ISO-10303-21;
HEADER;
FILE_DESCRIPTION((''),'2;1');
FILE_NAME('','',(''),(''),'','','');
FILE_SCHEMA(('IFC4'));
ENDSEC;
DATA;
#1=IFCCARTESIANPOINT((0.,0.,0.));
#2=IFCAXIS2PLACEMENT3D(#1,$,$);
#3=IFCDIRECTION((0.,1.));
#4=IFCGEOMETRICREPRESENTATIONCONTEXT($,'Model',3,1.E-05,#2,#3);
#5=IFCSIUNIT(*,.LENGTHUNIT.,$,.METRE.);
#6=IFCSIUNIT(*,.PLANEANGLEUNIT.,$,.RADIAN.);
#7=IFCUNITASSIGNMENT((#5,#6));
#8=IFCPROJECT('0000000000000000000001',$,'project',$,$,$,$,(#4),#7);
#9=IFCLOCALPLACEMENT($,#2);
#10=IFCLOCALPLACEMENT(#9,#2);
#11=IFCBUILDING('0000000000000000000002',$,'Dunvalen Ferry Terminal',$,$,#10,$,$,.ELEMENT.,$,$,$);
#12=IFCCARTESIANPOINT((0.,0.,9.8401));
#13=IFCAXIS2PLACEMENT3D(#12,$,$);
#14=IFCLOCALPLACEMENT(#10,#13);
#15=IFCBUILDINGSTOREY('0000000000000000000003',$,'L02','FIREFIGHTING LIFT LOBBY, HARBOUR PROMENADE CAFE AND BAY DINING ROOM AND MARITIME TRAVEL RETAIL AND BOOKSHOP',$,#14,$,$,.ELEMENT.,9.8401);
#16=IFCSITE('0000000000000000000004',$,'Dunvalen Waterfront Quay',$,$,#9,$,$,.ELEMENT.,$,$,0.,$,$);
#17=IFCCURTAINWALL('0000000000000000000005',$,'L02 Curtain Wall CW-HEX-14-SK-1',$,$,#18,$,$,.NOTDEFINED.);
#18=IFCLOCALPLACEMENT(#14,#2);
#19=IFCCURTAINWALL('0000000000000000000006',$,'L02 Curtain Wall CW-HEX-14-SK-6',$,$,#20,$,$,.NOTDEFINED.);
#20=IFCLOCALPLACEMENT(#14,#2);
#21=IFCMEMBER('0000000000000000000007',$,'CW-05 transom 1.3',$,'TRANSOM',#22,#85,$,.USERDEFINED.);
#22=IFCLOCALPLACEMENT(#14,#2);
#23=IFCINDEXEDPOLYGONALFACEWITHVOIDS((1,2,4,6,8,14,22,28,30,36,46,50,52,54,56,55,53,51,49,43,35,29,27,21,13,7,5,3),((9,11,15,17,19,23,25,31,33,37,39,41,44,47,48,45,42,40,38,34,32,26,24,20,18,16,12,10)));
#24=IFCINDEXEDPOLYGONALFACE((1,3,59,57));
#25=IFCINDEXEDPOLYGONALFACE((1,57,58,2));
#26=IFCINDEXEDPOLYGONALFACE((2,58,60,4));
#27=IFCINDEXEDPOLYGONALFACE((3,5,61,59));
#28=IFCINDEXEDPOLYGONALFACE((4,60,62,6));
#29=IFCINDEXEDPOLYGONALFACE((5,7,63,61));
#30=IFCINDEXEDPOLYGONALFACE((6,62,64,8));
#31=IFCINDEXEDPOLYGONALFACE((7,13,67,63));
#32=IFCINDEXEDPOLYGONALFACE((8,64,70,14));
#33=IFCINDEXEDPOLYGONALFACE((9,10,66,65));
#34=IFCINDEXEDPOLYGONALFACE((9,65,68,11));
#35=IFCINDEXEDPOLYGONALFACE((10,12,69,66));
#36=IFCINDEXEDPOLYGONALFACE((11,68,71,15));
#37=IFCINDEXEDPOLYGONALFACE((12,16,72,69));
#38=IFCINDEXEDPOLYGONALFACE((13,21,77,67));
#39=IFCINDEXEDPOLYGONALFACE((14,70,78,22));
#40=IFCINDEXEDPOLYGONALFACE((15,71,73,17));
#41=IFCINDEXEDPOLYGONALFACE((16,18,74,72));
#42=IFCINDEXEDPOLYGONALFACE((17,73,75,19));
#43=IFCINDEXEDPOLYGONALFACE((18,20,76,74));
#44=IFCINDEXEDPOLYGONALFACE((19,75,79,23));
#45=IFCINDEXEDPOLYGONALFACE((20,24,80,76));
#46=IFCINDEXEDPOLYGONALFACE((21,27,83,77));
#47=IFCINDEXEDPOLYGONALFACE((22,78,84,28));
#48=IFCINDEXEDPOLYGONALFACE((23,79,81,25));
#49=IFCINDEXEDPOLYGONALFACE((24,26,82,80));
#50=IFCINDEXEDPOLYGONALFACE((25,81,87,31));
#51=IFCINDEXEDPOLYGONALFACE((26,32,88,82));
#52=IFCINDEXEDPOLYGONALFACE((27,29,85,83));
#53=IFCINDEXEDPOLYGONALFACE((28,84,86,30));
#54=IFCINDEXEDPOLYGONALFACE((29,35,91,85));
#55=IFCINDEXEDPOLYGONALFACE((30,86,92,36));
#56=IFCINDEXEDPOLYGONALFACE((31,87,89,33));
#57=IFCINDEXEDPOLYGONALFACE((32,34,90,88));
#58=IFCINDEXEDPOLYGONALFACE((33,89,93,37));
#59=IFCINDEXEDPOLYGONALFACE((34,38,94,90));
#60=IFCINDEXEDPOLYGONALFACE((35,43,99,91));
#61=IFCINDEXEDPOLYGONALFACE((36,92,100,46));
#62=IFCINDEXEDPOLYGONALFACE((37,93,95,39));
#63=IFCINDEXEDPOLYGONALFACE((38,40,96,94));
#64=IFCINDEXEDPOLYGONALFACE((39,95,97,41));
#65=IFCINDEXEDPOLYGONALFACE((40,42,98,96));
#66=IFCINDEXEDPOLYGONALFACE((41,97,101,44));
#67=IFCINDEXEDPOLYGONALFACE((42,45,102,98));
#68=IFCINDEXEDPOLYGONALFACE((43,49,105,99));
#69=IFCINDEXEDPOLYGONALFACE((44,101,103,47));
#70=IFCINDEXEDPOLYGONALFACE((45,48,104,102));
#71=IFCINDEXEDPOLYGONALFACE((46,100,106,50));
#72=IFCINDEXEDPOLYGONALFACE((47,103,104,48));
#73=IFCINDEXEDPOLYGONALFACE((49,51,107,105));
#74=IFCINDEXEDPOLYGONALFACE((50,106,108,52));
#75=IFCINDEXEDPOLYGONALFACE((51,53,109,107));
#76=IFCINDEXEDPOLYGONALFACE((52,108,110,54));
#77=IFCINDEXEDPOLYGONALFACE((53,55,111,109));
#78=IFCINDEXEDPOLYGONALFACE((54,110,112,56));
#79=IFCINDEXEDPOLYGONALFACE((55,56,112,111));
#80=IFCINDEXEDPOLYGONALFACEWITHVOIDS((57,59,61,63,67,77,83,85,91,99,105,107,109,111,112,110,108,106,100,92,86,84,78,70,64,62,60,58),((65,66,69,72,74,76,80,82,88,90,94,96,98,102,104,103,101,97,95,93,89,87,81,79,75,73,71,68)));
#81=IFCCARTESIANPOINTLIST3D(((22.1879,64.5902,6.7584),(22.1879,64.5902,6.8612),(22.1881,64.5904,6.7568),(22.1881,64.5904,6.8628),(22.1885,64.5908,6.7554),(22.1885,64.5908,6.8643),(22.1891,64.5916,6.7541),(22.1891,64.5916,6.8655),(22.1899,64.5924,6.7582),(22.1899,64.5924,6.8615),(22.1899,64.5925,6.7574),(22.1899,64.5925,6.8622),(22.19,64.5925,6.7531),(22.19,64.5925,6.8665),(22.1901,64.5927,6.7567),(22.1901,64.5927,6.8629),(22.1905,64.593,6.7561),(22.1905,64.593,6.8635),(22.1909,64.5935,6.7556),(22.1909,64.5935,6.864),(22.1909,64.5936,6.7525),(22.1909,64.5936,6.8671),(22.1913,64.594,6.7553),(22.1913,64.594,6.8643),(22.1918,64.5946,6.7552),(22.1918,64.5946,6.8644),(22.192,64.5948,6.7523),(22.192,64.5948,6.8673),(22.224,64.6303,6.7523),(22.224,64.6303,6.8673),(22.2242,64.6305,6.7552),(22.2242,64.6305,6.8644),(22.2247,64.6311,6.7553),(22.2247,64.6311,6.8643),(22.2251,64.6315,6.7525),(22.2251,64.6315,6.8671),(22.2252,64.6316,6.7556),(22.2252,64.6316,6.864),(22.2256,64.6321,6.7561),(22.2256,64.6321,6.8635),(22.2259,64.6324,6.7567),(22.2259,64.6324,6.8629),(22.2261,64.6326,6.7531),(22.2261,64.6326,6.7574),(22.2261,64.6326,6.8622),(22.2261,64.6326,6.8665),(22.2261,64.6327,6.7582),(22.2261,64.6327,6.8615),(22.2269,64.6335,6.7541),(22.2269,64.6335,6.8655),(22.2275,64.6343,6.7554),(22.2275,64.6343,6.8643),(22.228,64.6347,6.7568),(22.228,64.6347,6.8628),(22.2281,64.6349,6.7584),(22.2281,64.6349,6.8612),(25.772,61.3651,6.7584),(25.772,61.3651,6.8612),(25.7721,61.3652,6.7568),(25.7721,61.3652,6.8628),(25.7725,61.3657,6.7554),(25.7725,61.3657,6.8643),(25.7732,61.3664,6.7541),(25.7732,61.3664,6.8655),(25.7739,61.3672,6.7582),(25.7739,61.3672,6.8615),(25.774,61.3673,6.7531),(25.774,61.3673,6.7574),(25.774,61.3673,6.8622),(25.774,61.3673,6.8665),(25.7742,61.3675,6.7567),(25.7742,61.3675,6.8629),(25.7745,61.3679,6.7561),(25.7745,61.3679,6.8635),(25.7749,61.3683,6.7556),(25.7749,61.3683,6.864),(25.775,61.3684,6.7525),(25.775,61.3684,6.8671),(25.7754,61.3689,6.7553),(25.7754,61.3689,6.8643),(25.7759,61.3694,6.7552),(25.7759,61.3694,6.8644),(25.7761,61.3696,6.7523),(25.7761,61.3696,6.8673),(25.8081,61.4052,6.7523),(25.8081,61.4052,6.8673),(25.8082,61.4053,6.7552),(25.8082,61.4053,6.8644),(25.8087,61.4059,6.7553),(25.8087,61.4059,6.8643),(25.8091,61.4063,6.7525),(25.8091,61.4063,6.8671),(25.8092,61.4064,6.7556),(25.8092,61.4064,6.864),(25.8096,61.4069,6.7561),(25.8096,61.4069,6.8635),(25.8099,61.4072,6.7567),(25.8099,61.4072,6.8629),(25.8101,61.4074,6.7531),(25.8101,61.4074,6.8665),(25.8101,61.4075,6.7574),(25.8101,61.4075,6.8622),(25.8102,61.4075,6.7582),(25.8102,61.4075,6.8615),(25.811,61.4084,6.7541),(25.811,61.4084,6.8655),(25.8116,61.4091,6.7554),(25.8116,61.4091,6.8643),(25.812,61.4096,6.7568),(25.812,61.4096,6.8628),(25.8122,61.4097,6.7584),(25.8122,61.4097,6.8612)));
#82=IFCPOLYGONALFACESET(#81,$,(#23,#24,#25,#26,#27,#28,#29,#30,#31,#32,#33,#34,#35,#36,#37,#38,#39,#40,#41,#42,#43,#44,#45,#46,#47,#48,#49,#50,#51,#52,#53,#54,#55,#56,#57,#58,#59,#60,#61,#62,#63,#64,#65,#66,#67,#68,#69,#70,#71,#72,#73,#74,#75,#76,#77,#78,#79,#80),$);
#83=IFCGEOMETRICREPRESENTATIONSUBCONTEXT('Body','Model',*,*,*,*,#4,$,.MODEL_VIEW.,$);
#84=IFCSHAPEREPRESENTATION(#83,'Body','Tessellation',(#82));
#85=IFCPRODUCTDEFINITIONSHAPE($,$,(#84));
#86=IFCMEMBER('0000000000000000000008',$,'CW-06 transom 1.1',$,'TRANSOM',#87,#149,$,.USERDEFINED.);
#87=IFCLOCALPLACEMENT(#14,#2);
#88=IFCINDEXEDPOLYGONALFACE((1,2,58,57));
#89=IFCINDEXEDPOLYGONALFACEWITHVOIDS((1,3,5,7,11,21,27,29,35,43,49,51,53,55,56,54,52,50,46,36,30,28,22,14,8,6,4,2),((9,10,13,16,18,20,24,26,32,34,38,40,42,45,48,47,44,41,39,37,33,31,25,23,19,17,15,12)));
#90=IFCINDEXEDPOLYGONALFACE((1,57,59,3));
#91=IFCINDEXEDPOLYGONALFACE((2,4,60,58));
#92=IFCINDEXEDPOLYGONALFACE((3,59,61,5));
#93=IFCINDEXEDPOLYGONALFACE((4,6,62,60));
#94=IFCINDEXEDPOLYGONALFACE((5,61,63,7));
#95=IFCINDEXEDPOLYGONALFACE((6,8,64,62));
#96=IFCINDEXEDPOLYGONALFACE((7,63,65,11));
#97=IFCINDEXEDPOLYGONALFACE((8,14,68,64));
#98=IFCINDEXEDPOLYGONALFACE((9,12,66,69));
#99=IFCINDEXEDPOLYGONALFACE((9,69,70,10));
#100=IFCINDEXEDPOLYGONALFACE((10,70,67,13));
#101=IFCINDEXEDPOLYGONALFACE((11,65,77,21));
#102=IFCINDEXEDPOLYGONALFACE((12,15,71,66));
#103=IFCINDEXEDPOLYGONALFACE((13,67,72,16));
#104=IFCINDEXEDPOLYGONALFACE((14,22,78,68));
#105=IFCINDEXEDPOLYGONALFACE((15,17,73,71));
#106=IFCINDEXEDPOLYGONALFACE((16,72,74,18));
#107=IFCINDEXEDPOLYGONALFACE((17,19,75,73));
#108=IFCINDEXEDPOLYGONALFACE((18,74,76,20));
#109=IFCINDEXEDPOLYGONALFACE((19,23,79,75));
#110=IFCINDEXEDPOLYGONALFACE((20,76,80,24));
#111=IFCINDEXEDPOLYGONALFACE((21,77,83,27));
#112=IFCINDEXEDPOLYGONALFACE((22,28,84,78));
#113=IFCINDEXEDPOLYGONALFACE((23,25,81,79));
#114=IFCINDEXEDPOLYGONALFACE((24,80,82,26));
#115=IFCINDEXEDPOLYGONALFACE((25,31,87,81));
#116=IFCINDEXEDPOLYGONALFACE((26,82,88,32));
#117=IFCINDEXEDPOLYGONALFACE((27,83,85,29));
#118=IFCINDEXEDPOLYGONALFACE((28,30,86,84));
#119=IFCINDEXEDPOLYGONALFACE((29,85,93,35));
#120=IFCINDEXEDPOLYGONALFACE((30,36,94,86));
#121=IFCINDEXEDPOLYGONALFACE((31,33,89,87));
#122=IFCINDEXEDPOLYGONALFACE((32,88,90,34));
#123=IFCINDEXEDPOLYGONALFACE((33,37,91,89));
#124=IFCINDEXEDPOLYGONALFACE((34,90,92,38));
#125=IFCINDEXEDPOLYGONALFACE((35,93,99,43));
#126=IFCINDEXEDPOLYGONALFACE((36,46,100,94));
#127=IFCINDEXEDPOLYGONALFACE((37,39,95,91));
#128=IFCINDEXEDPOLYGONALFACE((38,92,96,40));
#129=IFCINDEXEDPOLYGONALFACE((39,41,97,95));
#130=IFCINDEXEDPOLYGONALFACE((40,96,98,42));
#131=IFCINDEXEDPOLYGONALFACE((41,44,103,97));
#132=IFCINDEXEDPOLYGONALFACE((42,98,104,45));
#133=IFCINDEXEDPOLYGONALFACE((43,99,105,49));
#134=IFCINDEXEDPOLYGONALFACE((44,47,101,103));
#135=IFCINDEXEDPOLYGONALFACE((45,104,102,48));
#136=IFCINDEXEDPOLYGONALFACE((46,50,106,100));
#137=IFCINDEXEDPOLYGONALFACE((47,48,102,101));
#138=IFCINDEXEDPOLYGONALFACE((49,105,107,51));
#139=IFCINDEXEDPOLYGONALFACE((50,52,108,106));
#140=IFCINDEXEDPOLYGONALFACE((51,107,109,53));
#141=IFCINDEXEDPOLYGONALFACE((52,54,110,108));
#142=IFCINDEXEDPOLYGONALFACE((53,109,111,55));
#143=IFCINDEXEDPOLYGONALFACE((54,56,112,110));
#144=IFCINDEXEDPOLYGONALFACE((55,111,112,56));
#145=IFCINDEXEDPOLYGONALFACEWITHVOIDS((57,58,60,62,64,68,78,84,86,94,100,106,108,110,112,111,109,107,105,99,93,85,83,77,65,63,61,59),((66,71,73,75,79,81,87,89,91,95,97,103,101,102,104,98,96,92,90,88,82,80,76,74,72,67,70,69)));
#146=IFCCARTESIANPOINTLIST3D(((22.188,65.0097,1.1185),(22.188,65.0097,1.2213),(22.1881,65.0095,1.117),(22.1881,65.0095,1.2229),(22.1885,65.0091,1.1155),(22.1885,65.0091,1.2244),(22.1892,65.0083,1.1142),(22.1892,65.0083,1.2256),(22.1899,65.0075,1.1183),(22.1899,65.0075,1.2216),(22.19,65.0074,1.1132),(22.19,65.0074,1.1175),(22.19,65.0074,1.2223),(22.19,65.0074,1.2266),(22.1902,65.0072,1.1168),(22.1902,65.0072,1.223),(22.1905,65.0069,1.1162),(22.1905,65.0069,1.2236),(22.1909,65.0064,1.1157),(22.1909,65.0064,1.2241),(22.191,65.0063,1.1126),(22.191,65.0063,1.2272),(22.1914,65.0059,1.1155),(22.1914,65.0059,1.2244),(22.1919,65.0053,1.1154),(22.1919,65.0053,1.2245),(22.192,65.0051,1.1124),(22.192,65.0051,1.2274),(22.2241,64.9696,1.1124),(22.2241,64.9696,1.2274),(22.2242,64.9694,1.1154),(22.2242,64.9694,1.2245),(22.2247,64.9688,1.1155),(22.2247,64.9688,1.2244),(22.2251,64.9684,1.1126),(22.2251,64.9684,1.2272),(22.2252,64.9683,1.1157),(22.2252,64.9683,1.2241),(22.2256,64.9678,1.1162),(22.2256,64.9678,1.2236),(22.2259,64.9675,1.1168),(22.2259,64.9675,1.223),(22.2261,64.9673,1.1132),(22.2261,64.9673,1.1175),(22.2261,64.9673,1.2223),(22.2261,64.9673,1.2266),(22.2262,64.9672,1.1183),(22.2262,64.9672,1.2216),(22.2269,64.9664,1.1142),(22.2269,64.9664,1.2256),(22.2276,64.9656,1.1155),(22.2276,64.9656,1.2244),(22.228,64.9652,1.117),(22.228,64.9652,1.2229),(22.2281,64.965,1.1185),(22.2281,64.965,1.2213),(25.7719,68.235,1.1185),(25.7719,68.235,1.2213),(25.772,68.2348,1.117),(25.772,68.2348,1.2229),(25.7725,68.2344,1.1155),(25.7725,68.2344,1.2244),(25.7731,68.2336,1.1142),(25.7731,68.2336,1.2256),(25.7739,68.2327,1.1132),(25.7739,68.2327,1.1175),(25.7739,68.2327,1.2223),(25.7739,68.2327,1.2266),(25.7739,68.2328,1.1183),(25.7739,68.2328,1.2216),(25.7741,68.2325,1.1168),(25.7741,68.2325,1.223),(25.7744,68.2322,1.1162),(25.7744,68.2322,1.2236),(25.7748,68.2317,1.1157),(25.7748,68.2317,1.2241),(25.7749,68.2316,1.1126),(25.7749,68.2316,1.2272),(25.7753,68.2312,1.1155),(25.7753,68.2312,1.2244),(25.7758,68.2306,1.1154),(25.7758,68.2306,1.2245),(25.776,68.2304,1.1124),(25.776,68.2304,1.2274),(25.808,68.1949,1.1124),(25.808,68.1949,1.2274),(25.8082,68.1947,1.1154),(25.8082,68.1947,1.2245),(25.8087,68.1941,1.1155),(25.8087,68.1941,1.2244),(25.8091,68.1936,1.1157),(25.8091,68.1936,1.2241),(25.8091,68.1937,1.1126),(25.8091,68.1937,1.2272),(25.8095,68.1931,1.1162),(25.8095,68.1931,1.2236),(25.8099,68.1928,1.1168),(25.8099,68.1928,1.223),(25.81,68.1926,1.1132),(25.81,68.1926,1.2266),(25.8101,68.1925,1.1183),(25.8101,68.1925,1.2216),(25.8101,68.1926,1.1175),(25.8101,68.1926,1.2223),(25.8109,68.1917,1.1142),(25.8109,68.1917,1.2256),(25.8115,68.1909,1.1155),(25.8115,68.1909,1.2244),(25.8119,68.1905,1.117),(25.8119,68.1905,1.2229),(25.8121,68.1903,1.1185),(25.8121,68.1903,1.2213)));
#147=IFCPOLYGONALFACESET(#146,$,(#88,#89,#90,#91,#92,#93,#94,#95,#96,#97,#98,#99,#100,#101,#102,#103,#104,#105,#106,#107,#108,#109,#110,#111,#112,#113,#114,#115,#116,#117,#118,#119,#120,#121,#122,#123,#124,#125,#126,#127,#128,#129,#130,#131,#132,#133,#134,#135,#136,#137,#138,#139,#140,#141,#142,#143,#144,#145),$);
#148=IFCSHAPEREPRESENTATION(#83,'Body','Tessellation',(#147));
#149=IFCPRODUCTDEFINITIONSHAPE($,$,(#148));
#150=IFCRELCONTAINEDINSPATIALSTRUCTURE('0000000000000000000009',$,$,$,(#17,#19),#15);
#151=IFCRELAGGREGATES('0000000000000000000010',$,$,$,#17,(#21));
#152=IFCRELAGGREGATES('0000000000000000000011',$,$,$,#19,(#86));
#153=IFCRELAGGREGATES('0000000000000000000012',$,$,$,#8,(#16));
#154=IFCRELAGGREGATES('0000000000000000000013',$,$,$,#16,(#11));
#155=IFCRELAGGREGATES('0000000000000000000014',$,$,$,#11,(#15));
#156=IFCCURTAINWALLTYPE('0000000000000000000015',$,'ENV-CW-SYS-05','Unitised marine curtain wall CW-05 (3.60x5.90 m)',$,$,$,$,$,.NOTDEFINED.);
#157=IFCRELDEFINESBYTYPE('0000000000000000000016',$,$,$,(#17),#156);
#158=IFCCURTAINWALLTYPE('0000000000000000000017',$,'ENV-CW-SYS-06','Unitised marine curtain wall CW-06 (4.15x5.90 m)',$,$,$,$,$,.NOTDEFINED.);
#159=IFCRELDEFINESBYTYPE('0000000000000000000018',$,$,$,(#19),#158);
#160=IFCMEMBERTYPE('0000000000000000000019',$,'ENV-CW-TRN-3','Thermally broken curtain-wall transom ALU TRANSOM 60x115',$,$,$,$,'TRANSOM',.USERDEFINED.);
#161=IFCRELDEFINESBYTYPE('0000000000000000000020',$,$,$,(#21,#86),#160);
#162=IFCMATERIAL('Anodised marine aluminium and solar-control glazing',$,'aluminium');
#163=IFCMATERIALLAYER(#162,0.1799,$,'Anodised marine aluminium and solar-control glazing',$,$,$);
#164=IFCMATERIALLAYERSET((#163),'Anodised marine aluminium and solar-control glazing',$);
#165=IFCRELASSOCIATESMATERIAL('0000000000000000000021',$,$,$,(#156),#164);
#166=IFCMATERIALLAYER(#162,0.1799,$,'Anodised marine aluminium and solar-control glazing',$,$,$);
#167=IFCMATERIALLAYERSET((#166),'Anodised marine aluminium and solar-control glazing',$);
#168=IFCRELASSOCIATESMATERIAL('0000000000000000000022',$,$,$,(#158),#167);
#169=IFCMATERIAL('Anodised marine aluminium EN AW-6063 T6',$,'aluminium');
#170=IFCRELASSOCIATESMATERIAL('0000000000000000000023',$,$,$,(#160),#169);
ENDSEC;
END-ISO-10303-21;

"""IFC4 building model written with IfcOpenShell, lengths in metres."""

from ifc_helpers import new_model, si_unit, direction, frame, origin, origin_2d, place, context, subcontext, project, spatial, hollow_rectangle, extrude, material, layer, layer_set, material_profile, profile_set, type_object, element, aggregate, save


model = new_model("IFC4")

# Units and contexts
model_context = context("Model", 3, precision=1e-05, world=origin(), true_north=direction((0.0, 1.0)))
body_context = subcontext(model_context, "Body", "Model", "MODEL_VIEW")
ifc_project = project(units=[si_unit("LENGTHUNIT", "METRE"), si_unit("PLANEANGLEUNIT", "RADIAN")], contexts=[model_context])

# Site, building, storey
site_placement = place(None, origin())
site = spatial("IfcSite", under=ifc_project, at=site_placement, Name="Dunvalen Waterfront Quay", CompositionType="ELEMENT", RefElevation=0.0)
building_placement = place(site_placement, origin())
building = spatial("IfcBuilding", under=site, at=building_placement, Name="Dunvalen Ferry Terminal", CompositionType="ELEMENT")
storey_placement = place(building_placement, frame((0.0, 0.0, 9.8401)))
storey = spatial("IfcBuildingStorey", under=building, at=storey_placement, Name="L02", Description="FIREFIGHTING LIFT LOBBY, HARBOUR PROMENADE CAFE AND BAY DINING ROOM AND MARITIME TRAVEL RETAIL AND BOOKSHOP", CompositionType="ELEMENT", Elevation=9.8401)

# Curtain walls
ifc_material_1 = material(Name="Anodised marine aluminium and solar-control glazing", Category="aluminium")
ifc_layer_1 = layer(ifc_material_1, 0.1799, Name="Anodised marine aluminium and solar-control glazing")
ifc_layer_set_1 = layer_set([ifc_layer_1], Name="Anodised marine aluminium and solar-control glazing")
curtain_wall_type_1 = type_object("IfcCurtainWallType", Name="ENV-CW-SYS-05", Description="Unitised marine curtain wall CW-05 (3.60x5.90 m)", PredefinedType="NOTDEFINED", material=ifc_layer_set_1)
curtain_wall_1_placement = place(storey_placement, origin())
curtain_wall_1 = element("IfcCurtainWall", 1, at=curtain_wall_1_placement, inside=storey, type_object=curtain_wall_type_1, Name="L02 Curtain Wall CW-HEX-14-SK-1", PredefinedType="NOTDEFINED")
ifc_material_2 = material(Name="Anodised marine aluminium EN AW-6063 T6", Category="aluminium")
ifc_layer_2 = layer(ifc_material_1, 0.1799, Name="Anodised marine aluminium and solar-control glazing")
ifc_layer_set_2 = layer_set([ifc_layer_2], Name="Anodised marine aluminium and solar-control glazing")
curtain_wall_type_2 = type_object("IfcCurtainWallType", Name="ENV-CW-SYS-06", Description="Unitised marine curtain wall CW-06 (4.15x5.90 m)", PredefinedType="NOTDEFINED", material=ifc_layer_set_2)
curtain_wall_2_placement = place(storey_placement, origin())
curtain_wall_2 = element("IfcCurtainWall", 2, at=curtain_wall_2_placement, inside=storey, type_object=curtain_wall_type_2, Name="L02 Curtain Wall CW-HEX-14-SK-6", PredefinedType="NOTDEFINED")

# Members
ifc_material_profile_1 = material_profile(ifc_material_2, hollow_rectangle(XDim=0.0601, YDim=0.115, WallThickness=0.0029, InnerFilletRadius=0.0029, OuterFilletRadius=0.0061, at=origin_2d()), Name="Anodised marine aluminium EN AW-6063 T6")
ifc_profile_set_1 = profile_set([ifc_material_profile_1], Name="Anodised marine aluminium EN AW-6063 T6")
member_type_1 = type_object("IfcMemberType", Name="ENV-CW-TRN-3", Description="Thermally broken curtain-wall transom ALU TRANSOM 60x115", ElementType="TRANSOM", PredefinedType="USERDEFINED", material=ifc_profile_set_1)
member_1_placement = place(storey_placement, frame((22.208, 64.6125, 6.8098), z_axis=(0.743345, -0.668909, 0.0), x_axis=(0.668909, 0.743345, 0.0)))
member_1 = element("IfcMember", 3, at=member_1_placement, type_object=member_type_1, Name="CW-05 transom 1.3", ObjectType="TRANSOM", PredefinedType="USERDEFINED", context=body_context, shape_type="SweptSolid", body=[
    extrude(hollow_rectangle(XDim=0.0601, YDim=0.115, WallThickness=0.0029, InnerFilletRadius=0.0029, OuterFilletRadius=0.0061, at=origin_2d()), origin(), (0.0, 0.0, 1.0), 4.8215),
])
aggregate(curtain_wall_1, [member_1])
member_2_placement = place(storey_placement, frame((25.792, 68.2126, 1.1699), z_axis=(-0.743319, -0.668937, 0.0), x_axis=(0.668937, -0.743319, 0.0)))
member_2 = element("IfcMember", 4, at=member_2_placement, type_object=member_type_1, Name="CW-06 transom 1.1", ObjectType="TRANSOM", PredefinedType="USERDEFINED", context=body_context, shape_type="SweptSolid", body=[
    extrude(hollow_rectangle(XDim=0.0601, YDim=0.115, WallThickness=0.0029, InnerFilletRadius=0.0029, OuterFilletRadius=0.0061, at=origin_2d()), origin(), (0.0, 0.0, 1.0), 4.8215),
])

aggregate(curtain_wall_2, [member_2])

save(model, "model.ifc")
